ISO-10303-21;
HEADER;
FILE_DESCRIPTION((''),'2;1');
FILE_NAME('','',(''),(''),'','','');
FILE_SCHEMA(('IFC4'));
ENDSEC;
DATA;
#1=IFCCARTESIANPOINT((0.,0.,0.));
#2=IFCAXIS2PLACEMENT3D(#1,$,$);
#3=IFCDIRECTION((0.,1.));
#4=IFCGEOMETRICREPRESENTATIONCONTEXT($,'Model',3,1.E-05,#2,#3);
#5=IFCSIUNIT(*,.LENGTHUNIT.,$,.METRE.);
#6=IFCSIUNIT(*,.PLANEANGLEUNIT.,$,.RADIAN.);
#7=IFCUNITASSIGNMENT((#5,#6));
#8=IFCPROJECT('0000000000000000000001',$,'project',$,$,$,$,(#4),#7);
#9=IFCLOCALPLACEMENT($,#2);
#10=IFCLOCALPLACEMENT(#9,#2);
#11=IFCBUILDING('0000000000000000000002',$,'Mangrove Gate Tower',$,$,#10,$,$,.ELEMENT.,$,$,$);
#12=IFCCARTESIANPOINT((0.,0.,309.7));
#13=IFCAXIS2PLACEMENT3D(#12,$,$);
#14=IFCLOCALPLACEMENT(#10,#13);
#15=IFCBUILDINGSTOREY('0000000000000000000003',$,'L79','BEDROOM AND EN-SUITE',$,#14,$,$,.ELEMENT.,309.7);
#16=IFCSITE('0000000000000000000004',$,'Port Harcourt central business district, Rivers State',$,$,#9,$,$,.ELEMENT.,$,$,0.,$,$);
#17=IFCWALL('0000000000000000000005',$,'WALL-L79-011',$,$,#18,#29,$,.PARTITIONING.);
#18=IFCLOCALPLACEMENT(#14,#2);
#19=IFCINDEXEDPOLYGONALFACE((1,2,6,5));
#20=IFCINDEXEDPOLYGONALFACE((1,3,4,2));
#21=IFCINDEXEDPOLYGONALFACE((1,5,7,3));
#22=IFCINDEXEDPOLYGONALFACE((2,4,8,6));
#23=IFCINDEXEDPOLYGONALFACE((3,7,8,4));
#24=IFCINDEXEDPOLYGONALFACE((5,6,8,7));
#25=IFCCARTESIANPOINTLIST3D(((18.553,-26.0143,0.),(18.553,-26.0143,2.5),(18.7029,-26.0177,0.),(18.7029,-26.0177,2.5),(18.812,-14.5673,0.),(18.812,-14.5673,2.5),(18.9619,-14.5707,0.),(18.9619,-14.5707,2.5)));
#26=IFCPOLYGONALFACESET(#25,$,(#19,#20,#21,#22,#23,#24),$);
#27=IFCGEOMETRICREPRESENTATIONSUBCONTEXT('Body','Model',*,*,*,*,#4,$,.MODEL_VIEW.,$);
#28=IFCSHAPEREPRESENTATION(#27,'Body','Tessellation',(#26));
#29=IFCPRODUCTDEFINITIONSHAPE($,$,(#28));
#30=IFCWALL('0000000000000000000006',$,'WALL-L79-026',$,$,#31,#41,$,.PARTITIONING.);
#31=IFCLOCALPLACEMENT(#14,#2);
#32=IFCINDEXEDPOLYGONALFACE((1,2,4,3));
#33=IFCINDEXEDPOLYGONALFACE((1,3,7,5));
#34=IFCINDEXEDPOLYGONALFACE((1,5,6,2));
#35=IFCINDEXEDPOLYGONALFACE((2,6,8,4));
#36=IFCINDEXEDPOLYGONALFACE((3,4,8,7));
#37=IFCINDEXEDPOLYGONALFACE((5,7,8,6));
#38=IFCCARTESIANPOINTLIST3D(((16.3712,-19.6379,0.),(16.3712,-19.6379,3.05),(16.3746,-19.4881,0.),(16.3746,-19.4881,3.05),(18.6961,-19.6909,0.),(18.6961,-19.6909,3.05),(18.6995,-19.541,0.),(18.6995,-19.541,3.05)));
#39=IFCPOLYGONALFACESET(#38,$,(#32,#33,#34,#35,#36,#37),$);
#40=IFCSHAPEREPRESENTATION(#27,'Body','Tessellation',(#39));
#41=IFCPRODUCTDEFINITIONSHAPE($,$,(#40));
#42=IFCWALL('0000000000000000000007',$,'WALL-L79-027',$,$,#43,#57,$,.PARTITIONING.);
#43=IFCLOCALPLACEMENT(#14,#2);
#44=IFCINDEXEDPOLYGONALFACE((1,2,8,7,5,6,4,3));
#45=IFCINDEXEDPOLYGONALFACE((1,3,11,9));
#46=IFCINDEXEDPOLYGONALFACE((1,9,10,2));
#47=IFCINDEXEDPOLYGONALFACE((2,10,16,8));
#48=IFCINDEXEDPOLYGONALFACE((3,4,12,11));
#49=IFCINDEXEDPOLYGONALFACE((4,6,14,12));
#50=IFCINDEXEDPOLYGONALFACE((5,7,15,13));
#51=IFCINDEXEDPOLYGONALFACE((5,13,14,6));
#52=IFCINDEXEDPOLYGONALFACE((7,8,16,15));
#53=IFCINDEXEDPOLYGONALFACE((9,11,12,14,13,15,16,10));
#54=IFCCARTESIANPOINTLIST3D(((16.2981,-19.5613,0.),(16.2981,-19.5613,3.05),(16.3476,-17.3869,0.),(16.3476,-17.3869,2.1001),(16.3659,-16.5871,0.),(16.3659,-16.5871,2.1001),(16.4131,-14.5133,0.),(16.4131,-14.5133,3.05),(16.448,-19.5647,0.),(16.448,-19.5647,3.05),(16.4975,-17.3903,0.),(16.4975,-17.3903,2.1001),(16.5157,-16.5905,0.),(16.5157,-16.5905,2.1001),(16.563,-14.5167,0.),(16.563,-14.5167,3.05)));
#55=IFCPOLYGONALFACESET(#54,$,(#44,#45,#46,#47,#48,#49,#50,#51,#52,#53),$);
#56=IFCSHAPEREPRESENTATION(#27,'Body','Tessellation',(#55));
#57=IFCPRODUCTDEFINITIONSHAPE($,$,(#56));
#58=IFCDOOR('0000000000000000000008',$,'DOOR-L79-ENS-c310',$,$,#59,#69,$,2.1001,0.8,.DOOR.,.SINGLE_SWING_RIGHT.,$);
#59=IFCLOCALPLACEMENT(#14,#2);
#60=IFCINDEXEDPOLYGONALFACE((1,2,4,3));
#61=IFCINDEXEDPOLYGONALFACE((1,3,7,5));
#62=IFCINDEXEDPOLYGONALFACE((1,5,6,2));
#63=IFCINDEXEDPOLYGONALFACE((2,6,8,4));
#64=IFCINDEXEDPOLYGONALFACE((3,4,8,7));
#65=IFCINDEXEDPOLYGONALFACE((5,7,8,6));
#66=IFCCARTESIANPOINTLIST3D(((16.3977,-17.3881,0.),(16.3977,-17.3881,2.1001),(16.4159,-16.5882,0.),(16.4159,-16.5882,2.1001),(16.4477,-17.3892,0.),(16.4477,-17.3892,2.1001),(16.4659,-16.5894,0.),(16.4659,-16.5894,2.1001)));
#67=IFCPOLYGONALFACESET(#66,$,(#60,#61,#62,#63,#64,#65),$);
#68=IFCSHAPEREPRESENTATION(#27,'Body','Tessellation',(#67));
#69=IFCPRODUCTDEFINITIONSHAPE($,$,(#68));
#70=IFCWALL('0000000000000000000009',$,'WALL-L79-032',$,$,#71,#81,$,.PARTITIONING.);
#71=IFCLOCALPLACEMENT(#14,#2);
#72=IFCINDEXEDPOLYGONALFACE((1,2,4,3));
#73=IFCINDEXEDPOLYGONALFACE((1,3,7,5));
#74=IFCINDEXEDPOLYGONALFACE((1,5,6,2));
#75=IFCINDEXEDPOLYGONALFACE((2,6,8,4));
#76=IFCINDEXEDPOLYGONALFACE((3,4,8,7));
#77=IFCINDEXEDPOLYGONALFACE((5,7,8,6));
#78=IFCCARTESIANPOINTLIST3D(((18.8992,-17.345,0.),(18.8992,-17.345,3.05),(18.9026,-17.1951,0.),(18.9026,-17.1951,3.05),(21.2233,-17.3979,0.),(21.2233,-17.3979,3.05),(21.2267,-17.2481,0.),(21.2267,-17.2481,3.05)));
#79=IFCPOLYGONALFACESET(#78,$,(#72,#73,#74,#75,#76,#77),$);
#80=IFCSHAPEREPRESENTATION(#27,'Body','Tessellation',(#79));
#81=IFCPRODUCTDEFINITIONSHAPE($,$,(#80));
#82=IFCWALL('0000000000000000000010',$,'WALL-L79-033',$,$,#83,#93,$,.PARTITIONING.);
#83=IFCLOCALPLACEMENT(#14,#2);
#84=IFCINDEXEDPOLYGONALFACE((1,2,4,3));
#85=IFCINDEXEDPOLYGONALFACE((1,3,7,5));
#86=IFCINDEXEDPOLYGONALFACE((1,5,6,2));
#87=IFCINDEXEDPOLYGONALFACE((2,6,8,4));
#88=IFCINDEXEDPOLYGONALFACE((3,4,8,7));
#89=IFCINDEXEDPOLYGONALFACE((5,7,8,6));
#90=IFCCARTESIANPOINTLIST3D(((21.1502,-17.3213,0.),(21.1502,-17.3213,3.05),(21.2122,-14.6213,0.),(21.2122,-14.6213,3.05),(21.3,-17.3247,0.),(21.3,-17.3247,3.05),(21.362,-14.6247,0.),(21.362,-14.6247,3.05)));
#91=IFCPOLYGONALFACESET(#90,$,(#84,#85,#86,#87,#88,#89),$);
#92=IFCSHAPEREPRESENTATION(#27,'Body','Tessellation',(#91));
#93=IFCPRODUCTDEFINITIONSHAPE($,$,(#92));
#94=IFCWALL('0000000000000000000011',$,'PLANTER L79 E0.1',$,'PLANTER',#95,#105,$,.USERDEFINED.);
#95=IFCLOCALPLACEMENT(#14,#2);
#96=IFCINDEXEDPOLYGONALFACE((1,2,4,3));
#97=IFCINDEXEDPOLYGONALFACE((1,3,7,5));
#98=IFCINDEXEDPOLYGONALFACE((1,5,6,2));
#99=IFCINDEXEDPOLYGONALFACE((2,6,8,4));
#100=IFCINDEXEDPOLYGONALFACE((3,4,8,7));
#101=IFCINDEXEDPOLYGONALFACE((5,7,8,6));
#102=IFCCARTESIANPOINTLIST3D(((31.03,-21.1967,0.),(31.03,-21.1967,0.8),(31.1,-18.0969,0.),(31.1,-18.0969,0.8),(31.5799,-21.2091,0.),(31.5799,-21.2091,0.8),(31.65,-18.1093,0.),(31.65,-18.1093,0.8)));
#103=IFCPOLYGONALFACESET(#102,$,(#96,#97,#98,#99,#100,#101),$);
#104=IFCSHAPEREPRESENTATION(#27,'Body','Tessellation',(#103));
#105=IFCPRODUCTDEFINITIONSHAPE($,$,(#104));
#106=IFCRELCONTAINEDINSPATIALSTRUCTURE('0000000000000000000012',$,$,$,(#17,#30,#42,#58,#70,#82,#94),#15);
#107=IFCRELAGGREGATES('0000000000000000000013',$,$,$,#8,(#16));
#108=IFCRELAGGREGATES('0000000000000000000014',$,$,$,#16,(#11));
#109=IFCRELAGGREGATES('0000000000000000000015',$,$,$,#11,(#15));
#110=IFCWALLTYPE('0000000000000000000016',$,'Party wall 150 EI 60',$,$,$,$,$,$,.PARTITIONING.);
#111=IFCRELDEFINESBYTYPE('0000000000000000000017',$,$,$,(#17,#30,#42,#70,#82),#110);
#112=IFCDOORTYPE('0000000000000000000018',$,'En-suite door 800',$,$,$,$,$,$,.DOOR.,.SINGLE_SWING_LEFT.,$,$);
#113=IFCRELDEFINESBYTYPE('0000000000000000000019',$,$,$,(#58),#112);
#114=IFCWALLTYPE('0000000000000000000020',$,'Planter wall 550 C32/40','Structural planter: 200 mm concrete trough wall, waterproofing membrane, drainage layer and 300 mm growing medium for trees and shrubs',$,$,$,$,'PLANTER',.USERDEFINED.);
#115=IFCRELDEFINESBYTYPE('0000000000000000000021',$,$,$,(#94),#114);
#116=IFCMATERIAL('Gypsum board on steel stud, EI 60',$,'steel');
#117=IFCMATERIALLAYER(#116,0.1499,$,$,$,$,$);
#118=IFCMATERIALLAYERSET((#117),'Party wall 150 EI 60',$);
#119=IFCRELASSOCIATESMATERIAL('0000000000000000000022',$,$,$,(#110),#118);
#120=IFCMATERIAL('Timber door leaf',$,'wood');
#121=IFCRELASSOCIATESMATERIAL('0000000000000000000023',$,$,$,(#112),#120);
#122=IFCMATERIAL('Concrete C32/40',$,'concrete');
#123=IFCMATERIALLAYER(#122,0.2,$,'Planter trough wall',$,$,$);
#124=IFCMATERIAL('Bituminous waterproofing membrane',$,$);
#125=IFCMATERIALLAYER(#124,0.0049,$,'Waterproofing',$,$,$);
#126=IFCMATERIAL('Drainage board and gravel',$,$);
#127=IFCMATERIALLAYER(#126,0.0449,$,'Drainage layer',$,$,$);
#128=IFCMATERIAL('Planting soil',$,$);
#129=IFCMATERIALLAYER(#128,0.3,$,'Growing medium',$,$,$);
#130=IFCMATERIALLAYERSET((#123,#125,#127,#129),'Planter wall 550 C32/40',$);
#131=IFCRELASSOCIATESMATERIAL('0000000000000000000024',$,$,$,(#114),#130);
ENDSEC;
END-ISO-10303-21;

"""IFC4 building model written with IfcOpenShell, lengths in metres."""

from ifc_helpers import new_model, si_unit, direction, frame, frame_2d, origin, place, context, subcontext, project, spatial, rectangle, extrude, material, layer, layer_set, type_object, element, fill, save


model = new_model("IFC4")

# Units and contexts
model_context = context("Model", 3, precision=1e-05, world=origin(), true_north=direction((0.0, 1.0)))
body_context = subcontext(model_context, "Body", "Model", "MODEL_VIEW")
ifc_project = project(units=[si_unit("LENGTHUNIT", "METRE"), si_unit("PLANEANGLEUNIT", "RADIAN")], contexts=[model_context])

# Site, building, storey
site_placement = place(None, origin())
site = spatial("IfcSite", under=ifc_project, at=site_placement, Name="Port Harcourt central business district, Rivers State", CompositionType="ELEMENT", RefElevation=0.0)
building_placement = place(site_placement, origin())
building = spatial("IfcBuilding", under=site, at=building_placement, Name="Mangrove Gate Tower", CompositionType="ELEMENT")
storey_placement = place(building_placement, frame((0.0, 0.0, 309.7)))
storey = spatial("IfcBuildingStorey", under=building, at=storey_placement, Name="L79", Description="BEDROOM AND EN-SUITE", CompositionType="ELEMENT", Elevation=309.7)

# Walls
ifc_material_1 = material(Name="Gypsum board on steel stud, EI 60", Category="steel")
ifc_layer_1 = layer(ifc_material_1, 0.1499)
ifc_layer_set_1 = layer_set([ifc_layer_1], Name="Party wall 150 EI 60")
wall_type_1 = type_object("IfcWallType", Name="Party wall 150 EI 60", PredefinedType="PARTITIONING", material=ifc_layer_set_1)
wall_1_placement = place(storey_placement, frame((18.6279, -26.0161, 0.0), z_axis=(0.0, 0.0, 1.0), x_axis=(0.022623, 0.999744, 0.0)))
element("IfcWall", 1, at=wall_1_placement, inside=storey, type_object=wall_type_1, Name="WALL-L79-011", PredefinedType="PARTITIONING", context=body_context, shape_type="SweptSolid", body=[
    extrude(rectangle(XDim=11.45, YDim=0.1499, at=frame_2d((5.7251, 0.0))), origin(), (0.0, 0.0, 1.0), 2.5),
])
wall_2_placement = place(storey_placement, frame((16.373, -19.563, 0.0), z_axis=(0.0, 0.0, 1.0), x_axis=(0.99974, -0.022781, 0.0)))
element("IfcWall", 2, at=wall_2_placement, inside=storey, type_object=wall_type_1, Name="WALL-L79-026", PredefinedType="PARTITIONING", context=body_context, shape_type="SweptSolid", body=[
    extrude(rectangle(XDim=2.3254, YDim=0.1499, at=frame_2d((1.1626, 0.0))), origin(), (0.0, 0.0, 1.0), 3.05),
])

# Wall, opening, door
wall_3_placement = place(storey_placement, frame((16.373, -19.563, 0.0), z_axis=(0.0, 0.0, 1.0), x_axis=(0.022773, 0.999741, 0.0)))
wall_3 = element("IfcWall", 3, at=wall_3_placement, inside=storey, type_object=wall_type_1, Name="WALL-L79-027", PredefinedType="PARTITIONING", context=body_context, shape_type="SweptSolid", body=[
    extrude(rectangle(XDim=5.0493, YDim=0.1499, at=frame_2d((2.5247, 0.0))), origin(), (0.0, 0.0, 1.0), 3.05),
])
opening_1_placement = place(wall_3_placement, frame((2.175, 0.0, 0.0)))
opening_1 = element("IfcOpeningElement", 4, at=opening_1_placement, cuts=wall_3, PredefinedType="OPENING", context=body_context, shape_type="SweptSolid", body=[
    extrude(rectangle(XDim=0.8, YDim=2.1001, at=frame_2d((0.3999, 1.05))), frame((0.0, 0.085, 0.0), z_axis=(0.0, -1.0, 0.0), x_axis=(1.0, 0.0, 0.0)), (0.0, 0.0, 1.0), 0.1699),
])
ifc_material_2 = material(Name="Timber door leaf", Category="wood")
door_type_1 = type_object("IfcDoorType", Name="En-suite door 800", OperationType="SINGLE_SWING_LEFT", PredefinedType="DOOR", material=ifc_material_2)
door_1_placement = place(opening_1_placement, origin())
door_1 = element("IfcDoor", 5, at=door_1_placement, inside=storey, type_object=door_type_1, Name="DOOR-L79-ENS-c310", OperationType="SINGLE_SWING_RIGHT", OverallHeight=2.1001, OverallWidth=0.8, PredefinedType="DOOR", context=body_context, shape_type="SweptSolid", body=[
    extrude(rectangle(XDim=0.8, YDim=2.1001, at=frame_2d((0.3999, 1.05))), frame((0.0, 0.0249, 0.0), z_axis=(0.0, -1.0, 0.0), x_axis=(1.0, 0.0, 0.0)), (0.0, 0.0, 1.0), 0.05),
])
fill(opening_1, door_1)

# Walls
wall_4_placement = place(storey_placement, frame((18.9009, -17.27, 0.0), z_axis=(0.0, 0.0, 1.0), x_axis=(0.99974, -0.022788, 0.0)))
element("IfcWall", 6, at=wall_4_placement, inside=storey, type_object=wall_type_1, Name="WALL-L79-032", PredefinedType="PARTITIONING", context=body_context, shape_type="SweptSolid", body=[
    extrude(rectangle(XDim=2.3247, YDim=0.1499, at=frame_2d((1.1624, 0.0))), origin(), (0.0, 0.0, 1.0), 3.05),
])
wall_5_placement = place(storey_placement, frame((21.2251, -17.323, 0.0), z_axis=(0.0, 0.0, 1.0), x_axis=(0.022962, 0.999736, 0.0)))
element("IfcWall", 7, at=wall_5_placement, inside=storey, type_object=wall_type_1, Name="WALL-L79-033", PredefinedType="PARTITIONING", context=body_context, shape_type="SweptSolid", body=[
    extrude(rectangle(XDim=2.7007, YDim=0.1499, at=frame_2d((1.3503, 0.0))), origin(), (0.0, 0.0, 1.0), 3.05),
])
ifc_material_3 = material(Name="Concrete C32/40", Category="concrete")
ifc_layer_2 = layer(ifc_material_3, 0.2, Name="Planter trough wall")
ifc_material_4 = material(Name="Bituminous waterproofing membrane")
ifc_layer_3 = layer(ifc_material_4, 0.0049, Name="Waterproofing")
ifc_material_5 = material(Name="Drainage board and gravel")
ifc_layer_4 = layer(ifc_material_5, 0.0449, Name="Drainage layer")
ifc_material_6 = material(Name="Planting soil")
ifc_layer_5 = layer(ifc_material_6, 0.3, Name="Growing medium")
ifc_layer_set_2 = layer_set([ifc_layer_2, ifc_layer_3, ifc_layer_4, ifc_layer_5], Name="Planter wall 550 C32/40")
wall_type_2 = type_object("IfcWallType", Name="Planter wall 550 C32/40", Description="Structural planter: 200 mm concrete trough wall, waterproofing membrane, drainage layer and 300 mm growing medium for trees and shrubs", ElementType="PLANTER", PredefinedType="USERDEFINED", material=ifc_layer_set_2)
wall_6_placement = place(storey_placement, frame((31.3049, -21.2029, 0.0), z_axis=(0.0, 0.0, 1.0), x_axis=(0.022598, 0.999745, 0.0)))
element("IfcWall", 8, at=wall_6_placement, inside=storey, type_object=wall_type_2, Name="PLANTER L79 E0.1", ObjectType="PLANTER", PredefinedType="USERDEFINED", context=body_context, shape_type="SweptSolid", body=[
    extrude(rectangle(XDim=3.1006, YDim=0.55, at=frame_2d((1.5503, 0.0))), origin(), (0.0, 0.0, 1.0), 0.8),
])

save(model, "model.ifc")
